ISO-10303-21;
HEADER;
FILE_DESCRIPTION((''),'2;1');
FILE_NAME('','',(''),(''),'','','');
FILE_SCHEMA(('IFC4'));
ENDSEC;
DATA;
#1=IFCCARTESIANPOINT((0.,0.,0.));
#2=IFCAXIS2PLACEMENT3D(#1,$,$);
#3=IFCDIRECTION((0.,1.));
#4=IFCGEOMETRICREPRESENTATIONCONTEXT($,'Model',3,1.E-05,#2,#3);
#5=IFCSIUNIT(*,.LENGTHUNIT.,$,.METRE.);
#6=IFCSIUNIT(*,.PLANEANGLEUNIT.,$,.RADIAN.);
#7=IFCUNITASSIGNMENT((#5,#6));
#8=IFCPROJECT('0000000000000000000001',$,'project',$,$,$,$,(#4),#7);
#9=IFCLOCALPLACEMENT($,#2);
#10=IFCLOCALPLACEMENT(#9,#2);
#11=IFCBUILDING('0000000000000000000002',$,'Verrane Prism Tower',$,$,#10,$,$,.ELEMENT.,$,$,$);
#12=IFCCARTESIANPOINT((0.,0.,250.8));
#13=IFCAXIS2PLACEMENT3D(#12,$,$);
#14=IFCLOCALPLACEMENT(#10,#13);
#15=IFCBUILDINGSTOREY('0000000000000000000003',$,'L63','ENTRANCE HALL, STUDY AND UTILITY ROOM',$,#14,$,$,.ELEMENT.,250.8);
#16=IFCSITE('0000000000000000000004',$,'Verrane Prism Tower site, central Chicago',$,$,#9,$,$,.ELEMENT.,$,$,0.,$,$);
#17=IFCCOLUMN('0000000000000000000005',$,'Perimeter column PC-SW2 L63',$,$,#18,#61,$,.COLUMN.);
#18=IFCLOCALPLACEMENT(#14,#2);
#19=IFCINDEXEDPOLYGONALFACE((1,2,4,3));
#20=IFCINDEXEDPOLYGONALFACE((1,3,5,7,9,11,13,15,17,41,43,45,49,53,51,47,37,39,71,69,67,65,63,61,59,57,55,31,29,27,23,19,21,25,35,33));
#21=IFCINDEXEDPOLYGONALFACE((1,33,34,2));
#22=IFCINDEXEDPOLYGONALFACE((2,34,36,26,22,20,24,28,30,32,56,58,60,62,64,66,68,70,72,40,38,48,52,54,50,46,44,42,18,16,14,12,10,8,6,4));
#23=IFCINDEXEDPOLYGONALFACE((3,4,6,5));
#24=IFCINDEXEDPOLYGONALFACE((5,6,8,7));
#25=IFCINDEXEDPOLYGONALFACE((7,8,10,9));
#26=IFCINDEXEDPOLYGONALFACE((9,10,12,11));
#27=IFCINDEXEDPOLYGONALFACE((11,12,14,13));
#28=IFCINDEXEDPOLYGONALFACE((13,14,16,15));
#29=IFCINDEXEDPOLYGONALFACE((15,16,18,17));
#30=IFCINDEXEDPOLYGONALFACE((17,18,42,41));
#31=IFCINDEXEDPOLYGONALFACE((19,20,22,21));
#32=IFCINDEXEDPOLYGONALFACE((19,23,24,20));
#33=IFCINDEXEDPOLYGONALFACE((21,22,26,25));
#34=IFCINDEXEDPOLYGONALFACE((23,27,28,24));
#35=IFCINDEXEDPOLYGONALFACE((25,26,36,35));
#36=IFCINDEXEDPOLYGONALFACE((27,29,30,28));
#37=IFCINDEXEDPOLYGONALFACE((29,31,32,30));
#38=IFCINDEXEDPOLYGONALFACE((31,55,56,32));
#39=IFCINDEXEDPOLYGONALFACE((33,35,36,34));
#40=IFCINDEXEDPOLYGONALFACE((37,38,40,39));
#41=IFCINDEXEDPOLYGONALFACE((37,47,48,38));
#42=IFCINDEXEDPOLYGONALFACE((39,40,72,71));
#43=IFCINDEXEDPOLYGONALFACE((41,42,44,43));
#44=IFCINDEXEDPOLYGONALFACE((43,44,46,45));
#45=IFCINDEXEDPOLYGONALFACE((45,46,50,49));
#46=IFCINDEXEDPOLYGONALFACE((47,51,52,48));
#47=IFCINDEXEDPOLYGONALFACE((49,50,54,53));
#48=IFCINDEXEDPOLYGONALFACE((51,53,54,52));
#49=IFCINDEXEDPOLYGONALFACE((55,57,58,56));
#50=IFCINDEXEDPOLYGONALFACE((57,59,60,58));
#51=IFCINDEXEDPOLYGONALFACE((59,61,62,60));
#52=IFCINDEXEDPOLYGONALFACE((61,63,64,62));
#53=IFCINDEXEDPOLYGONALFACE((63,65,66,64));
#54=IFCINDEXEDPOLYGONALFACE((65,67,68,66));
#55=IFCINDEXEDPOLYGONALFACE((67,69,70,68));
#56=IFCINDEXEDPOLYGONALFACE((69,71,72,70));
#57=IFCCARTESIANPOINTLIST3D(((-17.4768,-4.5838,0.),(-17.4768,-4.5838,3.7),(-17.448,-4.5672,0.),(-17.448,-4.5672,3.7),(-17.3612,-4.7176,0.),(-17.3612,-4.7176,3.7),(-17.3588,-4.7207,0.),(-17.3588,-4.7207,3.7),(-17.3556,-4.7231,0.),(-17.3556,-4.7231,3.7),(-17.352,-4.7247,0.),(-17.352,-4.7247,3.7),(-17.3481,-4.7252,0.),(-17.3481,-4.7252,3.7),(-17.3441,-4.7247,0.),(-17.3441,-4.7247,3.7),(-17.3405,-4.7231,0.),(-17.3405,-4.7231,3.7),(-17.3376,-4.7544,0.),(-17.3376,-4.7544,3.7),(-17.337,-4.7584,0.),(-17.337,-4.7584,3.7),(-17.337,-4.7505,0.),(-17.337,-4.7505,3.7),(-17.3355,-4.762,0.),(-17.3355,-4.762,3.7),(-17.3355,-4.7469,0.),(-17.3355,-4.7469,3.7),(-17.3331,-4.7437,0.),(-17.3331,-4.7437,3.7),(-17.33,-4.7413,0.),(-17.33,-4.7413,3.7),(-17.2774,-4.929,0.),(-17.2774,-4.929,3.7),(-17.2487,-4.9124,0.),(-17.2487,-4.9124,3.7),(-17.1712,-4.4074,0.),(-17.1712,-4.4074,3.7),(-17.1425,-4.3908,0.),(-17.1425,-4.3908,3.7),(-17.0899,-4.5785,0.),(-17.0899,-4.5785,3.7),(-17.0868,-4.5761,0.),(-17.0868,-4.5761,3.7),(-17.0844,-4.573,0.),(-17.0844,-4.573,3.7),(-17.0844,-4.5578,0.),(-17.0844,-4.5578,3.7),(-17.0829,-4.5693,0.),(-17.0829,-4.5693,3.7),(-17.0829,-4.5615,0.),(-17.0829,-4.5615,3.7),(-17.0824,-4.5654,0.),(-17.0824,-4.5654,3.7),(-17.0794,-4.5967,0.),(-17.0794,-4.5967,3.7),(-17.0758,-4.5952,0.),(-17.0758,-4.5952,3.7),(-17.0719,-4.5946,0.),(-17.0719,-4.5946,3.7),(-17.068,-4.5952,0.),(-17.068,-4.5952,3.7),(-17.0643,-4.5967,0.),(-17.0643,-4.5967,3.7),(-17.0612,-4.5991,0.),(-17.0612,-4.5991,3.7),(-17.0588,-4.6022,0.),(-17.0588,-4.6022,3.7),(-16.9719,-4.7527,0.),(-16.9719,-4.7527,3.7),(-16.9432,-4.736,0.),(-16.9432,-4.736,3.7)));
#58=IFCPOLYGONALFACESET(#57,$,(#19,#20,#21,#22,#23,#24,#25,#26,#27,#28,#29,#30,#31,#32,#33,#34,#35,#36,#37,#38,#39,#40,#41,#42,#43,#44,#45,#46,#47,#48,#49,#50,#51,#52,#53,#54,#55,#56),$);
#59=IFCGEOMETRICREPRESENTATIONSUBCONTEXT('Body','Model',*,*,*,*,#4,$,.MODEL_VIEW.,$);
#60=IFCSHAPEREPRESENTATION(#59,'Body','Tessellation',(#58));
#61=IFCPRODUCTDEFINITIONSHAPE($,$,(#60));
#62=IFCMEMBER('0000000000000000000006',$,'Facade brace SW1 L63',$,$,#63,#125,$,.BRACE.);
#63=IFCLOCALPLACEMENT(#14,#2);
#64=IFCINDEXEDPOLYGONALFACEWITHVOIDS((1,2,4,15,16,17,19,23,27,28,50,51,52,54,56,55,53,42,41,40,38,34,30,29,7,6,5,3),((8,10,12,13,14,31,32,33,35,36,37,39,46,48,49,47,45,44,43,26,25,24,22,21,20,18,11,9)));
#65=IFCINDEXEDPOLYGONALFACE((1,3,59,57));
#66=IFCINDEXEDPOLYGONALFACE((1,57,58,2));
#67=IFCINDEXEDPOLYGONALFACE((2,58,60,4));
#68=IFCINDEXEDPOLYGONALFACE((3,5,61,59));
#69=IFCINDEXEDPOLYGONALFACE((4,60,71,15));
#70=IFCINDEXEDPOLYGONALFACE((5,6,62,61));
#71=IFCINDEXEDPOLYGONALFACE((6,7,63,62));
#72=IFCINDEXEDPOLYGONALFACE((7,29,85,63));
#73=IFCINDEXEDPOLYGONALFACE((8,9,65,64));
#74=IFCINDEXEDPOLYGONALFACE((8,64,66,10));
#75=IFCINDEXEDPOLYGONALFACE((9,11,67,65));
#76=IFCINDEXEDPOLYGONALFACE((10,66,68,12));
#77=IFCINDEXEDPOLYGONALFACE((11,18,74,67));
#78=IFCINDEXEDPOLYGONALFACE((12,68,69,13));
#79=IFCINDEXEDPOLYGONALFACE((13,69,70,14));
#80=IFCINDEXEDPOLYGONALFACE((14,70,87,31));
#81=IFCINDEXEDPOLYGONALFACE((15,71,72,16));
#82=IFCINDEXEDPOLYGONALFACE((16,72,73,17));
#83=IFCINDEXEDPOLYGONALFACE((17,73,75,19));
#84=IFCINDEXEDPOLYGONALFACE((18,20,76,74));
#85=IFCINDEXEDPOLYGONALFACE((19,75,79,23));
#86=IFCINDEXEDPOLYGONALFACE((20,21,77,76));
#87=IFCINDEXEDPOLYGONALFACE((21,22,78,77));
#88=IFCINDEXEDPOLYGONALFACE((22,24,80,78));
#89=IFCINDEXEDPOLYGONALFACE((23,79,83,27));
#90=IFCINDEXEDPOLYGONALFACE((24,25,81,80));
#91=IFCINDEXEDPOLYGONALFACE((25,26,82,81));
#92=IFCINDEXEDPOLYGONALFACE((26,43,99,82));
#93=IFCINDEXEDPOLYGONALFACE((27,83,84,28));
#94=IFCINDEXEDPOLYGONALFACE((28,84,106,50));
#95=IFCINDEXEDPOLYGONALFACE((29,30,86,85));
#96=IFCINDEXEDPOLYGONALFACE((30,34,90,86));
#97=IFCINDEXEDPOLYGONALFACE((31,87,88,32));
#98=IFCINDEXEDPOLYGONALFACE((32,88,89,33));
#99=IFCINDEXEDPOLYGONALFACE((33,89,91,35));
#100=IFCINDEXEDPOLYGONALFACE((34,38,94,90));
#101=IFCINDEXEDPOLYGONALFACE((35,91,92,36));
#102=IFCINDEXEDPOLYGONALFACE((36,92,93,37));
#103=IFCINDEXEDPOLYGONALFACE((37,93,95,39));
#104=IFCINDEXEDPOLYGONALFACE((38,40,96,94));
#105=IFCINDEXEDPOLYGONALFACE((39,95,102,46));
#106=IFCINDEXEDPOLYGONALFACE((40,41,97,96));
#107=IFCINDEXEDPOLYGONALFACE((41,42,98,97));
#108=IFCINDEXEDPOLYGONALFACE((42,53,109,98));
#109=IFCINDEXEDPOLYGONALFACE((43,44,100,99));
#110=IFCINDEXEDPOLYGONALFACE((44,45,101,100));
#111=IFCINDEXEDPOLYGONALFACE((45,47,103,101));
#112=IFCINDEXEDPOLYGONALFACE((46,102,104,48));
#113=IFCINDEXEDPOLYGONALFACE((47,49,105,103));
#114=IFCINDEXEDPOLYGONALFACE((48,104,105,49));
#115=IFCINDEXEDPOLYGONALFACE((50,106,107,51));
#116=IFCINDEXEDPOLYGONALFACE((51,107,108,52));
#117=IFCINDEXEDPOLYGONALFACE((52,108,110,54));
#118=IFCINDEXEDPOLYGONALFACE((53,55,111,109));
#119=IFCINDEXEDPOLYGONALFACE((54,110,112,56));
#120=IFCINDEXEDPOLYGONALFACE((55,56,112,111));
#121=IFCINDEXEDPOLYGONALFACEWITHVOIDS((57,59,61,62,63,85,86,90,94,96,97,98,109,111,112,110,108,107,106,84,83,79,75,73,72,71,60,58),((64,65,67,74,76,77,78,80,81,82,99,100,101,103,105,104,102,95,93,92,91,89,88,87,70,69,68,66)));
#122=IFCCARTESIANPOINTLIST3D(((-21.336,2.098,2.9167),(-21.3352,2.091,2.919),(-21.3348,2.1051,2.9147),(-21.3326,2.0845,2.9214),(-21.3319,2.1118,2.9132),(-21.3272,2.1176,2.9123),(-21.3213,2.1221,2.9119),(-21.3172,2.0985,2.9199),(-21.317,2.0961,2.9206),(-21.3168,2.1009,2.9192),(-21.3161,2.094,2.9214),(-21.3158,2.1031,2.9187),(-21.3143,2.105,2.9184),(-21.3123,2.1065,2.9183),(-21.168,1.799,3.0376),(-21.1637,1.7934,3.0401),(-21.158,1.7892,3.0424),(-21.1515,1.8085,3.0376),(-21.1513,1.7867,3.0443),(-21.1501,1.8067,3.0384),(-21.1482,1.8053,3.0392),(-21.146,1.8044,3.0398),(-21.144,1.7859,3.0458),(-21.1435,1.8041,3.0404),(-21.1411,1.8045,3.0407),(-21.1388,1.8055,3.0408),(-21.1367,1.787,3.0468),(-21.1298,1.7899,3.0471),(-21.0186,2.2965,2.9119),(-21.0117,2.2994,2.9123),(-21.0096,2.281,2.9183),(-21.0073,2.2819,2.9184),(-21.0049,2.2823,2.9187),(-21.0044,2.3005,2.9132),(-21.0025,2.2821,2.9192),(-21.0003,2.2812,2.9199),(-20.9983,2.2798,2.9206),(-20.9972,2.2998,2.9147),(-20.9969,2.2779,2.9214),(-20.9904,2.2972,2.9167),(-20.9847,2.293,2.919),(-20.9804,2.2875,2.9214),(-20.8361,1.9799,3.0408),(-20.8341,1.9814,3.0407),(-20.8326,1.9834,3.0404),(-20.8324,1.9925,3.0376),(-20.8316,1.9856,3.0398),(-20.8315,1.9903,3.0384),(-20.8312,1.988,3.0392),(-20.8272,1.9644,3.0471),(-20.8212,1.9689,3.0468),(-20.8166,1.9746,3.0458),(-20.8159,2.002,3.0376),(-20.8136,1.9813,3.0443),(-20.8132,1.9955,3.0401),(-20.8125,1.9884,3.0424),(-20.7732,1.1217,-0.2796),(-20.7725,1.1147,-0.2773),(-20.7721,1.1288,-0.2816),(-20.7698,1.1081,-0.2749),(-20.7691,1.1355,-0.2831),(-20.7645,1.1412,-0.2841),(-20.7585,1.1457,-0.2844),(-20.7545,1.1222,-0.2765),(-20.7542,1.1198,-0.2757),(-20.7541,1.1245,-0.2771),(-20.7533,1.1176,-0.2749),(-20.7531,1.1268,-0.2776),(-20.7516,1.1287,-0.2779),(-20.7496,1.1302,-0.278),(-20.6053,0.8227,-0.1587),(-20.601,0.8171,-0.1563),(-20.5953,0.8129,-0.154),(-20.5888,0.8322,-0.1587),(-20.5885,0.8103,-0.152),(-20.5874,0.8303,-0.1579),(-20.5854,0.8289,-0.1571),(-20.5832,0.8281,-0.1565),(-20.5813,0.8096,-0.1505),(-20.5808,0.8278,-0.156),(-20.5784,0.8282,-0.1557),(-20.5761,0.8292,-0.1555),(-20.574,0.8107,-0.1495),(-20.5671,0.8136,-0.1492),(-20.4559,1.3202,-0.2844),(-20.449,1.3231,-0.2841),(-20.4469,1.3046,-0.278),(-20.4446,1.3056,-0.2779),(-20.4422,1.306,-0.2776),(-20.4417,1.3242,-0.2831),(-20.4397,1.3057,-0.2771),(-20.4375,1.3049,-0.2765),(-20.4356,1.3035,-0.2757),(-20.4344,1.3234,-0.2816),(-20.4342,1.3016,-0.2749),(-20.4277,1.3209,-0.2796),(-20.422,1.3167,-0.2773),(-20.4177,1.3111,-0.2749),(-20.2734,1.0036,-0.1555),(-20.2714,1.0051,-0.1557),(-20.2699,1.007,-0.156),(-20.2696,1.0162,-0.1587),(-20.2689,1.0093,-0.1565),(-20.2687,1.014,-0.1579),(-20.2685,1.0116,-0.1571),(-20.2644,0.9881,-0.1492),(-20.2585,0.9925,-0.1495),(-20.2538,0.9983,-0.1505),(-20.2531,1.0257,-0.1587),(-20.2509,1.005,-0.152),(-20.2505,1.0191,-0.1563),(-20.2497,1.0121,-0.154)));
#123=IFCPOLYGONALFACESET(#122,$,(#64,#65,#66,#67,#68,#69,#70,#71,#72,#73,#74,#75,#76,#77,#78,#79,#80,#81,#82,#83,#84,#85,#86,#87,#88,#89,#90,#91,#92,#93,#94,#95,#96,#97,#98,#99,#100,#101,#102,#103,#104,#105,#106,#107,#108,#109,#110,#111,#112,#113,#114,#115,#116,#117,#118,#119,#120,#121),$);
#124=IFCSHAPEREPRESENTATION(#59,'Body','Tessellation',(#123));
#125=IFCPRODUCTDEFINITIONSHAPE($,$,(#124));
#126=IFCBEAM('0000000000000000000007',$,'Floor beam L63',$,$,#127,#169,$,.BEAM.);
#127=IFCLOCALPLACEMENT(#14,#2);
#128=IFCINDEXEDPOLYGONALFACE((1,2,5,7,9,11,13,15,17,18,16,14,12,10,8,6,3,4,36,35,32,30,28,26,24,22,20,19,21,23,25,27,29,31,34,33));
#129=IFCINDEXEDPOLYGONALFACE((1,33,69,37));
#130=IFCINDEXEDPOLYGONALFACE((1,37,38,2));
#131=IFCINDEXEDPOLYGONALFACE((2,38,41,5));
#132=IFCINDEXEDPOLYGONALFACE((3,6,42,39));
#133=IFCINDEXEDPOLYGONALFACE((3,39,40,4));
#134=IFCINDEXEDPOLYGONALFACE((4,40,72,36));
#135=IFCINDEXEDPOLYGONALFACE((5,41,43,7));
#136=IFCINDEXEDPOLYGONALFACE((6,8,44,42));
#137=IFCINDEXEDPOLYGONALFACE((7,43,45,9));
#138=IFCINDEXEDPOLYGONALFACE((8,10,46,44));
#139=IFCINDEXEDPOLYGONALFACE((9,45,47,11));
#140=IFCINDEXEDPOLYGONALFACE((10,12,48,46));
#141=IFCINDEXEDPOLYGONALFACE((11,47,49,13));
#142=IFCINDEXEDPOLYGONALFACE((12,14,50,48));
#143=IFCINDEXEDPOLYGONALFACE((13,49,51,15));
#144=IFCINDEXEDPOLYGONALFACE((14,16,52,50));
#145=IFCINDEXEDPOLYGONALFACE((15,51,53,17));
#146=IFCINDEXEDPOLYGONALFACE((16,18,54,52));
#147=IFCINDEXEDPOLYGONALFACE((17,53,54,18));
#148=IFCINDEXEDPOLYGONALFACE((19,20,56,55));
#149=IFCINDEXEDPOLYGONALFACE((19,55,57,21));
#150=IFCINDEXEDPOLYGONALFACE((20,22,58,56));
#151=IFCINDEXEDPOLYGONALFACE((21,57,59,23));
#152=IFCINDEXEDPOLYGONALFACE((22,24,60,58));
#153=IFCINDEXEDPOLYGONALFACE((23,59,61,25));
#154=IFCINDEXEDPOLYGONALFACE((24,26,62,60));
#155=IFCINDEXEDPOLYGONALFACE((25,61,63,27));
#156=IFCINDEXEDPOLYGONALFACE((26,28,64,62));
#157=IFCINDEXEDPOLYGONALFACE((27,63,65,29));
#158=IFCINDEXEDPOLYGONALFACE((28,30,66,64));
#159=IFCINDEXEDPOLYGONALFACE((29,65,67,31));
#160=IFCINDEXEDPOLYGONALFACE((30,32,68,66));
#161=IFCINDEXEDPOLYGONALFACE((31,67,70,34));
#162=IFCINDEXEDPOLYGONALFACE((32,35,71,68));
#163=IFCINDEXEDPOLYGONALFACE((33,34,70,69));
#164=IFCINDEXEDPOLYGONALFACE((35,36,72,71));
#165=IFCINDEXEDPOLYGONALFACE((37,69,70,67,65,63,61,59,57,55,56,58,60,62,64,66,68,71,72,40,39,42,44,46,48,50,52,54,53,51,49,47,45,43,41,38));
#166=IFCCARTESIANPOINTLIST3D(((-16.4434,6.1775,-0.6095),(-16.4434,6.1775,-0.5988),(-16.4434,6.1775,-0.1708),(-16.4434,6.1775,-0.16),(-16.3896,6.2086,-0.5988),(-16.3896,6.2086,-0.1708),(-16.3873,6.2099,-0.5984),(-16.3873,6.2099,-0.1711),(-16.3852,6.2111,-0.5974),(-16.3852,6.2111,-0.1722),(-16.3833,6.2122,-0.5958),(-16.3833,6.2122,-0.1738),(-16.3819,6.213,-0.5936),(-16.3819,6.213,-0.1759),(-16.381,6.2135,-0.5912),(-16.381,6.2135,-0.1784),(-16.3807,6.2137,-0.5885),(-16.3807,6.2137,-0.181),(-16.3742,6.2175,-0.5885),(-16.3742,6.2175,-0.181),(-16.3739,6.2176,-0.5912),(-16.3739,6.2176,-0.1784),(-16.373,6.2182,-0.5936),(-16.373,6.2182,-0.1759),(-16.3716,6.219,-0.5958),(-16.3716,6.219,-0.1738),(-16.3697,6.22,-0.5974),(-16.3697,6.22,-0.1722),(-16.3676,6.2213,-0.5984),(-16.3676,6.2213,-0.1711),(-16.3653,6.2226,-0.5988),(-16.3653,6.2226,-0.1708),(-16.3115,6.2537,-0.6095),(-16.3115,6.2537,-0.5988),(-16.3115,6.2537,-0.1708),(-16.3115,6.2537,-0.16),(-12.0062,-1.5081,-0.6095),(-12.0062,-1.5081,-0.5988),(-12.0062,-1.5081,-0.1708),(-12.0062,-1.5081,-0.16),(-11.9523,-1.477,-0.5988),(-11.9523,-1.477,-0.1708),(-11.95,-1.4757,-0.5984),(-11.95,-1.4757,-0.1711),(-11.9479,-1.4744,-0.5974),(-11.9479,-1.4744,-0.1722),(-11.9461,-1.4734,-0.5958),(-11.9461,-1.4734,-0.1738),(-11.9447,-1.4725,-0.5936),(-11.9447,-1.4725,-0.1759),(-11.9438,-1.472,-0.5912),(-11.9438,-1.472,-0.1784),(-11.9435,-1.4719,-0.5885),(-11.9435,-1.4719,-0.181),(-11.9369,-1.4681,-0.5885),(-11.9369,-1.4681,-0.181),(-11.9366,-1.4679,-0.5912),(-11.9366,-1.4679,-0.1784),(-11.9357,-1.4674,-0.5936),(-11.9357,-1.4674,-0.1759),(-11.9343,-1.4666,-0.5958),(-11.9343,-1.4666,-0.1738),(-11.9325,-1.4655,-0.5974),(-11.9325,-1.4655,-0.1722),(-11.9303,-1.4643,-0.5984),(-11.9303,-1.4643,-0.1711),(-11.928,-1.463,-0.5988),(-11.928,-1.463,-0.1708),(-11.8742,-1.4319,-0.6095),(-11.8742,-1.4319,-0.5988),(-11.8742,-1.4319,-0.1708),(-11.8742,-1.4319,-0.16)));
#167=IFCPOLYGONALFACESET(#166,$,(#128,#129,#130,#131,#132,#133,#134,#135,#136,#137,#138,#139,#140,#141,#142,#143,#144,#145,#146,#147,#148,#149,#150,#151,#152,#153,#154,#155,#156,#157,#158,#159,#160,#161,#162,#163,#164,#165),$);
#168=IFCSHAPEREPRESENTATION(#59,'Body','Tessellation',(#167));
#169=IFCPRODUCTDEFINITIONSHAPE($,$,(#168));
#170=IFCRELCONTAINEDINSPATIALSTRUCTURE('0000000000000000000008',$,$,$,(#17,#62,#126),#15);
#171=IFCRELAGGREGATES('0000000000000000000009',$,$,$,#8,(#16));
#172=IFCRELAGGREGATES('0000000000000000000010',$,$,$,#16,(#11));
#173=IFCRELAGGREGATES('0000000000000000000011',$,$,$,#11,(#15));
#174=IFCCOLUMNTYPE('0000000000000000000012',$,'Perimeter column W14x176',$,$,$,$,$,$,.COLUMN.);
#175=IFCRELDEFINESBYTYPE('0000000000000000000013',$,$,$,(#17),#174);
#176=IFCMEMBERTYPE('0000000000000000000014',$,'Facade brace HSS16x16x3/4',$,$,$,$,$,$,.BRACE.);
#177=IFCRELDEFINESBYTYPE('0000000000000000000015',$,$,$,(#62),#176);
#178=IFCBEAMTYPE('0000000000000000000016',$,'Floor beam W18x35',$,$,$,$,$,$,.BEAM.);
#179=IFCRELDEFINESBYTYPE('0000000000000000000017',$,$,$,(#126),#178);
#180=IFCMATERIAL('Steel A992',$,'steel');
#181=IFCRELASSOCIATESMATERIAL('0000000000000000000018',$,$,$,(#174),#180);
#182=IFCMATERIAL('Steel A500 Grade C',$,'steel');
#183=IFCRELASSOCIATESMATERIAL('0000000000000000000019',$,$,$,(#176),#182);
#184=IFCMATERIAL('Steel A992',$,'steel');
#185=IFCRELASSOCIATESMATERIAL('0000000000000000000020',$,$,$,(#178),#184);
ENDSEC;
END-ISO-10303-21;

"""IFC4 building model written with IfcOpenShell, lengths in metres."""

from ifc_helpers import new_model, si_unit, direction, frame, origin, origin_2d, place, context, subcontext, project, spatial, hollow_rectangle, i_section, extrude, material, material_profile, profile_set, type_object, element, save


model = new_model("IFC4")

# Units and contexts
model_context = context("Model", 3, precision=1e-05, world=origin(), true_north=direction((0.0, 1.0)))
body_context = subcontext(model_context, "Body", "Model", "MODEL_VIEW")
ifc_project = project(units=[si_unit("LENGTHUNIT", "METRE"), si_unit("PLANEANGLEUNIT", "RADIAN")], contexts=[model_context])

# Site, building, storey
site_placement = place(None, origin())
site = spatial("IfcSite", under=ifc_project, at=site_placement, Name="Verrane Prism Tower site, central Chicago", CompositionType="ELEMENT", RefElevation=0.0)
building_placement = place(site_placement, origin())
building = spatial("IfcBuilding", under=site, at=building_placement, Name="Verrane Prism Tower", CompositionType="ELEMENT")
storey_placement = place(building_placement, frame((0.0, 0.0, 250.8)))
storey = spatial("IfcBuildingStorey", under=building, at=storey_placement, Name="L63", Description="ENTRANCE HALL, STUDY AND UTILITY ROOM", CompositionType="ELEMENT", Elevation=250.8)

# Column
ifc_material_1 = material(Name="Steel A992", Category="steel")
ifc_material_profile_1 = material_profile(ifc_material_1, i_section(OverallWidth=0.3987, OverallDepth=0.386, WebThickness=0.021, FlangeThickness=0.0332, FilletRadius=0.0151, at=origin_2d()), Name="W14x176")
ifc_profile_set_1 = profile_set([ifc_material_profile_1], Name="Steel A992")
column_type = type_object("IfcColumnType", Name="Perimeter column W14x176", PredefinedType="COLUMN", material=ifc_profile_set_1)
column_placement = place(storey_placement, frame((-17.21, -4.6599, 0.0), z_axis=(0.0, 0.0, 1.0), x_axis=(-0.5, 0.866025, 0.0)))
element("IfcColumn", 1, at=column_placement, inside=storey, type_object=column_type, Name="Perimeter column PC-SW2 L63", PredefinedType="COLUMN", context=body_context, shape_type="SweptSolid", body=[
    extrude(i_section(OverallWidth=0.3987, OverallDepth=0.386, WebThickness=0.021, FlangeThickness=0.0332, FilletRadius=0.0151, at=origin_2d()), origin(), (0.0, 0.0, 1.0), 3.7),
])

# Member
ifc_material_2 = material(Name="Steel A500 Grade C", Category="steel")
ifc_material_profile_2 = material_profile(ifc_material_2, hollow_rectangle(XDim=0.4065, YDim=0.4065, WallThickness=0.019, InnerFilletRadius=0.0095, OuterFilletRadius=0.0286, at=origin_2d()), Name="HSS16x16x3/4")
ifc_profile_set_2 = profile_set([ifc_material_profile_2], Name="Steel A500 Grade C")
member_type_1 = type_object("IfcMemberType", Name="Facade brace HSS16x16x3/4", PredefinedType="BRACE", material=ifc_profile_set_2)
member_1_placement = place(storey_placement, frame((-20.5115, 1.0669, -0.2168), z_axis=(-0.166044, 0.288074, 0.943103), x_axis=(-0.866384, -0.499379, 0.0)))
element("IfcMember", 2, at=member_1_placement, inside=storey, type_object=member_type_1, Name="Facade brace SW1 L63", PredefinedType="BRACE", context=body_context, shape_type="SweptSolid", body=[
    extrude(hollow_rectangle(XDim=0.4065, YDim=0.4065, WallThickness=0.019, InnerFilletRadius=0.0095, OuterFilletRadius=0.0286, at=origin_2d()), origin(), (0.0, 0.0, 1.0), 3.3892),
])

# Beam
ifc_material_3 = material(Name="Steel A992", Category="steel")
ifc_material_profile_3 = material_profile(ifc_material_3, i_section(OverallWidth=0.1523, OverallDepth=0.4495, WebThickness=0.0076, FlangeThickness=0.0107, FilletRadius=0.0103, at=origin_2d()), Name="W18x35")
ifc_profile_set_3 = profile_set([ifc_material_profile_3], Name="Steel A992")
beam_type_1 = type_object("IfcBeamType", Name="Floor beam W18x35", PredefinedType="BEAM", material=ifc_profile_set_3)
beam_1_placement = place(storey_placement, frame((-11.9402, -1.47, -0.3848), z_axis=(-0.5, 0.866025, 0.0), x_axis=(-0.866025, -0.5, 0.0)))
element("IfcBeam", 3, at=beam_1_placement, inside=storey, type_object=beam_type_1, Name="Floor beam L63", PredefinedType="BEAM", context=body_context, shape_type="SweptSolid", body=[
    extrude(i_section(OverallWidth=0.1523, OverallDepth=0.4495, WebThickness=0.0076, FlangeThickness=0.0107, FilletRadius=0.0103, at=origin_2d()), origin(), (0.0, 0.0, 1.0), 8.8745),
])

save(model, "model.ifc")
